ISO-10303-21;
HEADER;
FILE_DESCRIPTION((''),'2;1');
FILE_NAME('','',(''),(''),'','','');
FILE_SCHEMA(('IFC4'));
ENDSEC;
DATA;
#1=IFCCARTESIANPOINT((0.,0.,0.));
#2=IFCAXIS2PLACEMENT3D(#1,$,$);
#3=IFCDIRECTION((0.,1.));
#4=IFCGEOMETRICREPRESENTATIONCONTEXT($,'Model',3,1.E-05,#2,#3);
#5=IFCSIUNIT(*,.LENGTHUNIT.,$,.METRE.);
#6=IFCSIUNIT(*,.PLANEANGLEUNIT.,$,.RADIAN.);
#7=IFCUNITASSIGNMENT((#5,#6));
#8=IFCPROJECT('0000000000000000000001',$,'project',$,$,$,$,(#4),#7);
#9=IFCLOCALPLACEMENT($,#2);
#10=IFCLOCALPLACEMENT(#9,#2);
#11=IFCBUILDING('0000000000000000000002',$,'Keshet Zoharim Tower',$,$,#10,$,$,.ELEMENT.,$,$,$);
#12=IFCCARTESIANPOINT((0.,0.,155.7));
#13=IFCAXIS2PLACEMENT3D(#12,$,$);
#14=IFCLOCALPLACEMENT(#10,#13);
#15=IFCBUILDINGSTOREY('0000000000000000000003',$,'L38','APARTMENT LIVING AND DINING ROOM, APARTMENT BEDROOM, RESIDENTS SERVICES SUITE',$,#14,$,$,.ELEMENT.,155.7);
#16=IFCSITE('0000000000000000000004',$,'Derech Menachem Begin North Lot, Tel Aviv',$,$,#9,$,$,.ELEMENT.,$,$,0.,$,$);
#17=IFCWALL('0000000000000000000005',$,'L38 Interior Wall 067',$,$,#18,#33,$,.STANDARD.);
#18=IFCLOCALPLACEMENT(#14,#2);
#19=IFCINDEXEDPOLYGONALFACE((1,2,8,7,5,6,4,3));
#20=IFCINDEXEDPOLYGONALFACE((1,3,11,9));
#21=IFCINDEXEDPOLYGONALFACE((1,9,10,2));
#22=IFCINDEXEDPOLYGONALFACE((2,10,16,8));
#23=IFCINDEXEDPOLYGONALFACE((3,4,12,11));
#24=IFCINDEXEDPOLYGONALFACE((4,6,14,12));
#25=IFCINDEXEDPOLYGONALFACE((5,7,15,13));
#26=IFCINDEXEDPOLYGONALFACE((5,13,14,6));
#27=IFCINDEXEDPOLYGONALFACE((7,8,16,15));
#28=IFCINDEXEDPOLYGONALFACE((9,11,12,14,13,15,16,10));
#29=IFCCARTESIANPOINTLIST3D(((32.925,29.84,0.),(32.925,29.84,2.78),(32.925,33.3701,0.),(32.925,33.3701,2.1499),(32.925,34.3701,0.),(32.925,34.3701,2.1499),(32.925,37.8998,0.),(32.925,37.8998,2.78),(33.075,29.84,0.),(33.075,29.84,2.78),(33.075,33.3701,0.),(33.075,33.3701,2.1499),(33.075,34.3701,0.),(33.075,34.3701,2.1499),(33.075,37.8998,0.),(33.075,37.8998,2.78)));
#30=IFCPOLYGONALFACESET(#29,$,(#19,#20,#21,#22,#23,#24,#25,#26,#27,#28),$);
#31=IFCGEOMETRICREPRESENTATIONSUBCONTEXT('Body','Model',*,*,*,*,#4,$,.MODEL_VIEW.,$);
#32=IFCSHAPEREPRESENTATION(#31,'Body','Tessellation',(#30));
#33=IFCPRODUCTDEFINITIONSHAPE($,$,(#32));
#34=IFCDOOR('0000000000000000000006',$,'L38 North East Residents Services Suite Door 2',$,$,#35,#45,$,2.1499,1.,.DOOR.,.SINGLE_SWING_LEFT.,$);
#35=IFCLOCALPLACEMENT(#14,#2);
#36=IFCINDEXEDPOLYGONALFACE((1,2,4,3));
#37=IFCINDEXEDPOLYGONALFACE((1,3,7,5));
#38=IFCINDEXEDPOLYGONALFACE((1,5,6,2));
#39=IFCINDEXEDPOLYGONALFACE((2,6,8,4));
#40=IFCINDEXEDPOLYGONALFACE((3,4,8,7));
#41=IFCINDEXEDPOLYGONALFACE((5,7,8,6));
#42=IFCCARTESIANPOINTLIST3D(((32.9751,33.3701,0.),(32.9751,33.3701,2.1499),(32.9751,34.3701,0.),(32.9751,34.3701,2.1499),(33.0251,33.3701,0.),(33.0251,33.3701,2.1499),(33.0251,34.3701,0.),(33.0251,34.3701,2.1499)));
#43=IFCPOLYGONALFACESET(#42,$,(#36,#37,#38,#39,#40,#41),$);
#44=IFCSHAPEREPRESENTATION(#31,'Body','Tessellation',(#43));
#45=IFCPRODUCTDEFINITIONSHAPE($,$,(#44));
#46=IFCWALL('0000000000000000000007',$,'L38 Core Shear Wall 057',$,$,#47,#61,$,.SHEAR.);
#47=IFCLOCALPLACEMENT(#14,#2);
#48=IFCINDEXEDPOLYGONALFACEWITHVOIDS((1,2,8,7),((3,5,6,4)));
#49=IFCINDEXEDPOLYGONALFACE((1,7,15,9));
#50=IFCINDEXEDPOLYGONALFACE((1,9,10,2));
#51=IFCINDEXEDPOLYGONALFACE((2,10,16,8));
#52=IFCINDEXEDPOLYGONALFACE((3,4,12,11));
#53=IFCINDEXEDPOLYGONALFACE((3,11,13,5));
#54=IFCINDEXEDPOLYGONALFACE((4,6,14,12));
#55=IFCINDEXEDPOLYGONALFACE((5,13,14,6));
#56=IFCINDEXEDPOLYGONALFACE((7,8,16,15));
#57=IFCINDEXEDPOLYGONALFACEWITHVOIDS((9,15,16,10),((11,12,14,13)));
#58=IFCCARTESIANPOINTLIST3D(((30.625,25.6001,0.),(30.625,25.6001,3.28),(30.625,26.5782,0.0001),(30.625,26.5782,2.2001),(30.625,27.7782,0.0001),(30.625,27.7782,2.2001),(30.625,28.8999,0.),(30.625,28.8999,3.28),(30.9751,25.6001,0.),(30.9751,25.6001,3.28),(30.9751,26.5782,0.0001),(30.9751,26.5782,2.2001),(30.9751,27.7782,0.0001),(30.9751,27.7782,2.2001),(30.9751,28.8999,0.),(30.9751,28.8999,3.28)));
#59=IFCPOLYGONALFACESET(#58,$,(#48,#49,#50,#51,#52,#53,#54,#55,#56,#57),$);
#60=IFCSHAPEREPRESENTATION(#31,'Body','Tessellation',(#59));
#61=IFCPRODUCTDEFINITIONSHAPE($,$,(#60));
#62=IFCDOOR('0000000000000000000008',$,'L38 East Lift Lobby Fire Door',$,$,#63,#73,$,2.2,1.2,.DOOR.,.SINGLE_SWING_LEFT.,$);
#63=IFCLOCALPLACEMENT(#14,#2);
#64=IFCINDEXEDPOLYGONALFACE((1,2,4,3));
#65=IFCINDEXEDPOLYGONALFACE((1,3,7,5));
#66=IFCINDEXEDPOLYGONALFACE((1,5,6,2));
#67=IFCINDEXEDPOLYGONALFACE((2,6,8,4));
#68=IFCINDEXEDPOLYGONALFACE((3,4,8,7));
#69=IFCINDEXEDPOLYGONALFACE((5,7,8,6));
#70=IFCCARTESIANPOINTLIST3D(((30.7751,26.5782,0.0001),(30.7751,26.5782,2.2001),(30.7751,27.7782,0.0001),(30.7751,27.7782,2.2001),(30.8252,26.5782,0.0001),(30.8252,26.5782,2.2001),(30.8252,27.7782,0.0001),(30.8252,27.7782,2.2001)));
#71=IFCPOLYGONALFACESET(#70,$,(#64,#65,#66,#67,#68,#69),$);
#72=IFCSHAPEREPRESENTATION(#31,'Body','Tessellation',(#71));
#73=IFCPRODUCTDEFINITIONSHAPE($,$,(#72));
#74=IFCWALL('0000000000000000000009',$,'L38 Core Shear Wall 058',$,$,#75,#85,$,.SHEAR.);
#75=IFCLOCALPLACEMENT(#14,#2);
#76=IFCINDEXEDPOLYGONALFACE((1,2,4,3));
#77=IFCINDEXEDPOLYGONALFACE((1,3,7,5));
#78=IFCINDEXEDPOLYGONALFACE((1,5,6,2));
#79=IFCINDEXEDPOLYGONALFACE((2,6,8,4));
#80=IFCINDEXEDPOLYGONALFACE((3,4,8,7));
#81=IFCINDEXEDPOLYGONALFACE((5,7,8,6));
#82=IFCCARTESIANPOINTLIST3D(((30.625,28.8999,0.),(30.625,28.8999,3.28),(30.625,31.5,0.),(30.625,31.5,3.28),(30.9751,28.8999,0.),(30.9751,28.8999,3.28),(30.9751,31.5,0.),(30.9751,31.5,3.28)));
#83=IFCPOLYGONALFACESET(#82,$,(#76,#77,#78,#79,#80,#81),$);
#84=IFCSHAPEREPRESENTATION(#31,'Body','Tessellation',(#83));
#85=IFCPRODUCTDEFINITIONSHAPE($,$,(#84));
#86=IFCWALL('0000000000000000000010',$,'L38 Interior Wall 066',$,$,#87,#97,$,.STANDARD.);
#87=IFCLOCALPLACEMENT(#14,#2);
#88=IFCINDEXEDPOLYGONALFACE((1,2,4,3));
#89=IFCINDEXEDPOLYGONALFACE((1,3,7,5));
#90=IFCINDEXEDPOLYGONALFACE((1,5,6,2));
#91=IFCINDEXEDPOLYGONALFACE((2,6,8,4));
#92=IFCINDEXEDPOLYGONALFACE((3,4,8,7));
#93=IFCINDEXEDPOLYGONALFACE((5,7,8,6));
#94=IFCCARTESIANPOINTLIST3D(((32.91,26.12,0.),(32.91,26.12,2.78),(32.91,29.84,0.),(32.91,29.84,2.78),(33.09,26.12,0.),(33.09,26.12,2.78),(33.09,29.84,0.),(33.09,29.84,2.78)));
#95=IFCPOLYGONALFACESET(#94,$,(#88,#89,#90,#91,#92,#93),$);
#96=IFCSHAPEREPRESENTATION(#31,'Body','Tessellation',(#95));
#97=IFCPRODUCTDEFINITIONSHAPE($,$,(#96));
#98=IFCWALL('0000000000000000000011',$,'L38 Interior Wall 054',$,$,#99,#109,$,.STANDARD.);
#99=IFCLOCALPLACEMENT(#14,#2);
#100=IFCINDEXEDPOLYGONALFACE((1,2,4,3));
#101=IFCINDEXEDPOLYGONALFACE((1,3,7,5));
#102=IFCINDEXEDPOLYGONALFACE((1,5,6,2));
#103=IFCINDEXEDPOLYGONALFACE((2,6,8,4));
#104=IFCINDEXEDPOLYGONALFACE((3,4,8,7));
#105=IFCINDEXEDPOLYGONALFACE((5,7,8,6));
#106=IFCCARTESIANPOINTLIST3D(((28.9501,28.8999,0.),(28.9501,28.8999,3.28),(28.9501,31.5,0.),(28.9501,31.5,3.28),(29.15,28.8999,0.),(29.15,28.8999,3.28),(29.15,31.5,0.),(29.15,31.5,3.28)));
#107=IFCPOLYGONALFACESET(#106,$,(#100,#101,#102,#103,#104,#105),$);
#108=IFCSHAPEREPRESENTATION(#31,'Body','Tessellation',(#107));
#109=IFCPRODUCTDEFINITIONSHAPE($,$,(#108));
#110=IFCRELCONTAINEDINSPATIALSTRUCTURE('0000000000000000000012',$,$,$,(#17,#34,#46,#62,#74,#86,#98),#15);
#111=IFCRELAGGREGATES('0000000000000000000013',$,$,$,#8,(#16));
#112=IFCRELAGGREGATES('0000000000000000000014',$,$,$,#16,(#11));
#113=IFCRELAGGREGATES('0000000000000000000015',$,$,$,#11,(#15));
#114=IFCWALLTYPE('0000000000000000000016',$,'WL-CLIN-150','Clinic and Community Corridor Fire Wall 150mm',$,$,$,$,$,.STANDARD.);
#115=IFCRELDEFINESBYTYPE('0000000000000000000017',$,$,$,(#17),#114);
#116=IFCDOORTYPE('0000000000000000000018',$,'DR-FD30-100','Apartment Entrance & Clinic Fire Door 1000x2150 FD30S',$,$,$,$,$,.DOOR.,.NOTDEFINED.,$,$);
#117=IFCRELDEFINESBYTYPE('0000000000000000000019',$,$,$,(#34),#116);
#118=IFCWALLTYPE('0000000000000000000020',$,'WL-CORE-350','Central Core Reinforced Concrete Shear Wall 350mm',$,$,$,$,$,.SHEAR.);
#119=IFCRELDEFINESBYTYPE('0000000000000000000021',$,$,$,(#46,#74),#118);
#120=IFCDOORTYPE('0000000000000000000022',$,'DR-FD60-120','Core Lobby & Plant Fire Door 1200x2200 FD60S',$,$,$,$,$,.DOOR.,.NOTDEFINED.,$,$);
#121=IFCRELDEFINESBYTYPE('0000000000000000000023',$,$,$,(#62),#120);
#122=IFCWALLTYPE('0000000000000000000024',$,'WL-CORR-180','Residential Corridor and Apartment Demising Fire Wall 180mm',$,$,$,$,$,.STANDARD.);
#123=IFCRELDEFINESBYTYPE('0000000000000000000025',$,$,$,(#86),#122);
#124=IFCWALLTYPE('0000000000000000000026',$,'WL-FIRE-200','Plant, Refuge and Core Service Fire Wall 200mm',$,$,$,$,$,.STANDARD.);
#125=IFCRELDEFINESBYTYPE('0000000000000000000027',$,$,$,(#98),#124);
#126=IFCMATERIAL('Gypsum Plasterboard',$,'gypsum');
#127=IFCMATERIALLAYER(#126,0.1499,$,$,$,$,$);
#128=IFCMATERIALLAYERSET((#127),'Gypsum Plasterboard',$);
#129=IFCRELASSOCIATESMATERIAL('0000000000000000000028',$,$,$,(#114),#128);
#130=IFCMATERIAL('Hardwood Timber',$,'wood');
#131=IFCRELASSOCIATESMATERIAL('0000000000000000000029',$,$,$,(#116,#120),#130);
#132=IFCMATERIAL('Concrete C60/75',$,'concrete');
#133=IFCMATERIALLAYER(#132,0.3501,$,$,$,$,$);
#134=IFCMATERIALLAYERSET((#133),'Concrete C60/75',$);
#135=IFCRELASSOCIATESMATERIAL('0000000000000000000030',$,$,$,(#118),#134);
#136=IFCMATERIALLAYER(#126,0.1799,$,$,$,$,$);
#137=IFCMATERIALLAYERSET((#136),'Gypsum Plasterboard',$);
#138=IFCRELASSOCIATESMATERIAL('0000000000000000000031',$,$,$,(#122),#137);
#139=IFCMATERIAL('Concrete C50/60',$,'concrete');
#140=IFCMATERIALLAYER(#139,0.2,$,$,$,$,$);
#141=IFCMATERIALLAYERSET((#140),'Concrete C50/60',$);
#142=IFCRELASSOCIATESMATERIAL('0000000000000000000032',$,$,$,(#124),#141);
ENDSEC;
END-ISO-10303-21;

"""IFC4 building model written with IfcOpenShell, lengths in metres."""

from ifc_helpers import new_model, si_unit, direction, frame, frame_2d, origin, place, context, subcontext, project, spatial, rectangle, extrude, material, layer, layer_set, type_object, element, fill, save


model = new_model("IFC4")

# Units and contexts
model_context = context("Model", 3, precision=1e-05, world=origin(), true_north=direction((0.0, 1.0)))
body_context = subcontext(model_context, "Body", "Model", "MODEL_VIEW")
ifc_project = project(units=[si_unit("LENGTHUNIT", "METRE"), si_unit("PLANEANGLEUNIT", "RADIAN")], contexts=[model_context])

# Site, building, storey
site_placement = place(None, origin())
site = spatial("IfcSite", under=ifc_project, at=site_placement, Name="Derech Menachem Begin North Lot, Tel Aviv", CompositionType="ELEMENT", RefElevation=0.0)
building_placement = place(site_placement, origin())
building = spatial("IfcBuilding", under=site, at=building_placement, Name="Keshet Zoharim Tower", CompositionType="ELEMENT")
storey_placement = place(building_placement, frame((0.0, 0.0, 155.7)))
storey = spatial("IfcBuildingStorey", under=building, at=storey_placement, Name="L38", Description="APARTMENT LIVING AND DINING ROOM, APARTMENT BEDROOM, RESIDENTS SERVICES SUITE", CompositionType="ELEMENT", Elevation=155.7)

# Shared definitions
ifc_material_1 = material(Name="Concrete C60/75", Category="concrete")

# Walls, openings, doors
ifc_material_2 = material(Name="Gypsum Plasterboard", Category="gypsum")
ifc_layer_1 = layer(ifc_material_2, 0.1499)
ifc_layer_set_1 = layer_set([ifc_layer_1], Name="Gypsum Plasterboard")
wall_type_1 = type_object("IfcWallType", Name="WL-CLIN-150", Description="Clinic and Community Corridor Fire Wall 150mm", PredefinedType="STANDARD", material=ifc_layer_set_1)
wall_1_placement = place(storey_placement, frame((33.0, 29.8401, 0.0), z_axis=(0.0, 0.0, 1.0), x_axis=(0.0, 1.0, 0.0)))
wall_1 = element("IfcWall", 1, at=wall_1_placement, inside=storey, type_object=wall_type_1, Name="L38 Interior Wall 067", PredefinedType="STANDARD", context=body_context, shape_type="SweptSolid", body=[
    extrude(rectangle(XDim=8.0598, YDim=0.1499, at=frame_2d((4.0298, 0.0))), origin(), (0.0, 0.0, 1.0), 2.78),
])
opening_1_placement = place(wall_1_placement, frame((3.53, 0.0, 0.0)))
opening_1 = element("IfcOpeningElement", 2, at=opening_1_placement, cuts=wall_1, PredefinedType="OPENING", context=body_context, shape_type="SweptSolid", body=[
    extrude(rectangle(XDim=1.0, YDim=2.1499, at=frame_2d((0.5, 1.075))), frame((0.0, 0.085, 0.0), z_axis=(0.0, -1.0, 0.0), x_axis=(1.0, 0.0, 0.0)), (0.0, 0.0, 1.0), 0.1699),
])
ifc_material_3 = material(Name="Hardwood Timber", Category="wood")
door_type_1 = type_object("IfcDoorType", Name="DR-FD30-100", Description="Apartment Entrance & Clinic Fire Door 1000x2150 FD30S", OperationType="NOTDEFINED", PredefinedType="DOOR", material=ifc_material_3)
door_1_placement = place(opening_1_placement, origin())
door_1 = element("IfcDoor", 3, at=door_1_placement, inside=storey, type_object=door_type_1, Name="L38 North East Residents Services Suite Door 2", OperationType="SINGLE_SWING_LEFT", OverallHeight=2.1499, OverallWidth=1.0, PredefinedType="DOOR", context=body_context, shape_type="SweptSolid", body=[
    extrude(rectangle(XDim=1.0, YDim=2.1499, at=frame_2d((0.5, 1.075))), frame((0.0, 0.0249, 0.0), z_axis=(0.0, -1.0, 0.0), x_axis=(1.0, 0.0, 0.0)), (0.0, 0.0, 1.0), 0.05),
])
fill(opening_1, door_1)
ifc_layer_2 = layer(ifc_material_1, 0.3501)
ifc_layer_set_2 = layer_set([ifc_layer_2], Name="Concrete C60/75")
wall_type_2 = type_object("IfcWallType", Name="WL-CORE-350", Description="Central Core Reinforced Concrete Shear Wall 350mm", PredefinedType="SHEAR", material=ifc_layer_set_2)
wall_2_placement = place(storey_placement, frame((30.8, 25.6001, 0.0), z_axis=(0.0, 0.0, 1.0), x_axis=(0.0, 1.0, 0.0)))
wall_2 = element("IfcWall", 4, at=wall_2_placement, inside=storey, type_object=wall_type_2, Name="L38 Core Shear Wall 057", PredefinedType="SHEAR", context=body_context, shape_type="SweptSolid", body=[
    extrude(rectangle(XDim=3.2998, YDim=0.3501, at=frame_2d((1.6499, 0.0))), origin(), (0.0, 0.0, 1.0), 3.28),
])
opening_2_placement = place(wall_2_placement, frame((0.978, 0.0, 0.0)))
opening_2 = element("IfcOpeningElement", 5, at=opening_2_placement, cuts=wall_2, PredefinedType="OPENING", context=body_context, shape_type="SweptSolid", body=[
    extrude(rectangle(XDim=1.2, YDim=2.2, at=frame_2d((0.6001, 1.1001))), frame((0.0, 0.1851, 0.0), z_axis=(0.0, -1.0, 0.0), x_axis=(1.0, 0.0, 0.0)), (0.0, 0.0, 1.0), 0.3701),
])
door_type_2 = type_object("IfcDoorType", Name="DR-FD60-120", Description="Core Lobby & Plant Fire Door 1200x2200 FD60S", OperationType="NOTDEFINED", PredefinedType="DOOR", material=ifc_material_3)
door_2_placement = place(opening_2_placement, origin())
door_2 = element("IfcDoor", 6, at=door_2_placement, inside=storey, type_object=door_type_2, Name="L38 East Lift Lobby Fire Door", OperationType="SINGLE_SWING_LEFT", OverallHeight=2.2, OverallWidth=1.2, PredefinedType="DOOR", context=body_context, shape_type="SweptSolid", body=[
    extrude(rectangle(XDim=1.2, YDim=2.2, at=frame_2d((0.6001, 1.1001))), frame((0.0, 0.0249, 0.0), z_axis=(0.0, -1.0, 0.0), x_axis=(1.0, 0.0, 0.0)), (0.0, 0.0, 1.0), 0.05),
])
fill(opening_2, door_2)

# Walls
wall_3_placement = place(storey_placement, frame((30.8, 28.8999, 0.0), z_axis=(0.0, 0.0, 1.0), x_axis=(0.0, 1.0, 0.0)))
element("IfcWall", 7, at=wall_3_placement, inside=storey, type_object=wall_type_2, Name="L38 Core Shear Wall 058", PredefinedType="SHEAR", context=body_context, shape_type="SweptSolid", body=[
    extrude(rectangle(XDim=2.6001, YDim=0.3501, at=frame_2d((1.3, 0.0))), origin(), (0.0, 0.0, 1.0), 3.28),
])
ifc_layer_3 = layer(ifc_material_2, 0.1799)
ifc_layer_set_3 = layer_set([ifc_layer_3], Name="Gypsum Plasterboard")
wall_type_3 = type_object("IfcWallType", Name="WL-CORR-180", Description="Residential Corridor and Apartment Demising Fire Wall 180mm", PredefinedType="STANDARD", material=ifc_layer_set_3)
wall_4_placement = place(storey_placement, frame((33.0, 26.1201, 0.0), z_axis=(0.0, 0.0, 1.0), x_axis=(0.0, 1.0, 0.0)))
element("IfcWall", 8, at=wall_4_placement, inside=storey, type_object=wall_type_3, Name="L38 Interior Wall 066", PredefinedType="STANDARD", context=body_context, shape_type="SweptSolid", body=[
    extrude(rectangle(XDim=3.72, YDim=0.1799, at=frame_2d((1.8599, 0.0))), origin(), (0.0, 0.0, 1.0), 2.78),
])
ifc_material_4 = material(Name="Concrete C50/60", Category="concrete")
ifc_layer_4 = layer(ifc_material_4, 0.2)
ifc_layer_set_4 = layer_set([ifc_layer_4], Name="Concrete C50/60")
wall_type_4 = type_object("IfcWallType", Name="WL-FIRE-200", Description="Plant, Refuge and Core Service Fire Wall 200mm", PredefinedType="STANDARD", material=ifc_layer_set_4)
wall_5_placement = place(storey_placement, frame((29.05, 28.8999, 0.0), z_axis=(0.0, 0.0, 1.0), x_axis=(0.0, 1.0, 0.0)))
element("IfcWall", 9, at=wall_5_placement, inside=storey, type_object=wall_type_4, Name="L38 Interior Wall 054", PredefinedType="STANDARD", context=body_context, shape_type="SweptSolid", body=[
    extrude(rectangle(XDim=2.6001, YDim=0.2, at=frame_2d((1.3, 0.0))), origin(), (0.0, 0.0, 1.0), 3.28),
])

save(model, "model.ifc")
